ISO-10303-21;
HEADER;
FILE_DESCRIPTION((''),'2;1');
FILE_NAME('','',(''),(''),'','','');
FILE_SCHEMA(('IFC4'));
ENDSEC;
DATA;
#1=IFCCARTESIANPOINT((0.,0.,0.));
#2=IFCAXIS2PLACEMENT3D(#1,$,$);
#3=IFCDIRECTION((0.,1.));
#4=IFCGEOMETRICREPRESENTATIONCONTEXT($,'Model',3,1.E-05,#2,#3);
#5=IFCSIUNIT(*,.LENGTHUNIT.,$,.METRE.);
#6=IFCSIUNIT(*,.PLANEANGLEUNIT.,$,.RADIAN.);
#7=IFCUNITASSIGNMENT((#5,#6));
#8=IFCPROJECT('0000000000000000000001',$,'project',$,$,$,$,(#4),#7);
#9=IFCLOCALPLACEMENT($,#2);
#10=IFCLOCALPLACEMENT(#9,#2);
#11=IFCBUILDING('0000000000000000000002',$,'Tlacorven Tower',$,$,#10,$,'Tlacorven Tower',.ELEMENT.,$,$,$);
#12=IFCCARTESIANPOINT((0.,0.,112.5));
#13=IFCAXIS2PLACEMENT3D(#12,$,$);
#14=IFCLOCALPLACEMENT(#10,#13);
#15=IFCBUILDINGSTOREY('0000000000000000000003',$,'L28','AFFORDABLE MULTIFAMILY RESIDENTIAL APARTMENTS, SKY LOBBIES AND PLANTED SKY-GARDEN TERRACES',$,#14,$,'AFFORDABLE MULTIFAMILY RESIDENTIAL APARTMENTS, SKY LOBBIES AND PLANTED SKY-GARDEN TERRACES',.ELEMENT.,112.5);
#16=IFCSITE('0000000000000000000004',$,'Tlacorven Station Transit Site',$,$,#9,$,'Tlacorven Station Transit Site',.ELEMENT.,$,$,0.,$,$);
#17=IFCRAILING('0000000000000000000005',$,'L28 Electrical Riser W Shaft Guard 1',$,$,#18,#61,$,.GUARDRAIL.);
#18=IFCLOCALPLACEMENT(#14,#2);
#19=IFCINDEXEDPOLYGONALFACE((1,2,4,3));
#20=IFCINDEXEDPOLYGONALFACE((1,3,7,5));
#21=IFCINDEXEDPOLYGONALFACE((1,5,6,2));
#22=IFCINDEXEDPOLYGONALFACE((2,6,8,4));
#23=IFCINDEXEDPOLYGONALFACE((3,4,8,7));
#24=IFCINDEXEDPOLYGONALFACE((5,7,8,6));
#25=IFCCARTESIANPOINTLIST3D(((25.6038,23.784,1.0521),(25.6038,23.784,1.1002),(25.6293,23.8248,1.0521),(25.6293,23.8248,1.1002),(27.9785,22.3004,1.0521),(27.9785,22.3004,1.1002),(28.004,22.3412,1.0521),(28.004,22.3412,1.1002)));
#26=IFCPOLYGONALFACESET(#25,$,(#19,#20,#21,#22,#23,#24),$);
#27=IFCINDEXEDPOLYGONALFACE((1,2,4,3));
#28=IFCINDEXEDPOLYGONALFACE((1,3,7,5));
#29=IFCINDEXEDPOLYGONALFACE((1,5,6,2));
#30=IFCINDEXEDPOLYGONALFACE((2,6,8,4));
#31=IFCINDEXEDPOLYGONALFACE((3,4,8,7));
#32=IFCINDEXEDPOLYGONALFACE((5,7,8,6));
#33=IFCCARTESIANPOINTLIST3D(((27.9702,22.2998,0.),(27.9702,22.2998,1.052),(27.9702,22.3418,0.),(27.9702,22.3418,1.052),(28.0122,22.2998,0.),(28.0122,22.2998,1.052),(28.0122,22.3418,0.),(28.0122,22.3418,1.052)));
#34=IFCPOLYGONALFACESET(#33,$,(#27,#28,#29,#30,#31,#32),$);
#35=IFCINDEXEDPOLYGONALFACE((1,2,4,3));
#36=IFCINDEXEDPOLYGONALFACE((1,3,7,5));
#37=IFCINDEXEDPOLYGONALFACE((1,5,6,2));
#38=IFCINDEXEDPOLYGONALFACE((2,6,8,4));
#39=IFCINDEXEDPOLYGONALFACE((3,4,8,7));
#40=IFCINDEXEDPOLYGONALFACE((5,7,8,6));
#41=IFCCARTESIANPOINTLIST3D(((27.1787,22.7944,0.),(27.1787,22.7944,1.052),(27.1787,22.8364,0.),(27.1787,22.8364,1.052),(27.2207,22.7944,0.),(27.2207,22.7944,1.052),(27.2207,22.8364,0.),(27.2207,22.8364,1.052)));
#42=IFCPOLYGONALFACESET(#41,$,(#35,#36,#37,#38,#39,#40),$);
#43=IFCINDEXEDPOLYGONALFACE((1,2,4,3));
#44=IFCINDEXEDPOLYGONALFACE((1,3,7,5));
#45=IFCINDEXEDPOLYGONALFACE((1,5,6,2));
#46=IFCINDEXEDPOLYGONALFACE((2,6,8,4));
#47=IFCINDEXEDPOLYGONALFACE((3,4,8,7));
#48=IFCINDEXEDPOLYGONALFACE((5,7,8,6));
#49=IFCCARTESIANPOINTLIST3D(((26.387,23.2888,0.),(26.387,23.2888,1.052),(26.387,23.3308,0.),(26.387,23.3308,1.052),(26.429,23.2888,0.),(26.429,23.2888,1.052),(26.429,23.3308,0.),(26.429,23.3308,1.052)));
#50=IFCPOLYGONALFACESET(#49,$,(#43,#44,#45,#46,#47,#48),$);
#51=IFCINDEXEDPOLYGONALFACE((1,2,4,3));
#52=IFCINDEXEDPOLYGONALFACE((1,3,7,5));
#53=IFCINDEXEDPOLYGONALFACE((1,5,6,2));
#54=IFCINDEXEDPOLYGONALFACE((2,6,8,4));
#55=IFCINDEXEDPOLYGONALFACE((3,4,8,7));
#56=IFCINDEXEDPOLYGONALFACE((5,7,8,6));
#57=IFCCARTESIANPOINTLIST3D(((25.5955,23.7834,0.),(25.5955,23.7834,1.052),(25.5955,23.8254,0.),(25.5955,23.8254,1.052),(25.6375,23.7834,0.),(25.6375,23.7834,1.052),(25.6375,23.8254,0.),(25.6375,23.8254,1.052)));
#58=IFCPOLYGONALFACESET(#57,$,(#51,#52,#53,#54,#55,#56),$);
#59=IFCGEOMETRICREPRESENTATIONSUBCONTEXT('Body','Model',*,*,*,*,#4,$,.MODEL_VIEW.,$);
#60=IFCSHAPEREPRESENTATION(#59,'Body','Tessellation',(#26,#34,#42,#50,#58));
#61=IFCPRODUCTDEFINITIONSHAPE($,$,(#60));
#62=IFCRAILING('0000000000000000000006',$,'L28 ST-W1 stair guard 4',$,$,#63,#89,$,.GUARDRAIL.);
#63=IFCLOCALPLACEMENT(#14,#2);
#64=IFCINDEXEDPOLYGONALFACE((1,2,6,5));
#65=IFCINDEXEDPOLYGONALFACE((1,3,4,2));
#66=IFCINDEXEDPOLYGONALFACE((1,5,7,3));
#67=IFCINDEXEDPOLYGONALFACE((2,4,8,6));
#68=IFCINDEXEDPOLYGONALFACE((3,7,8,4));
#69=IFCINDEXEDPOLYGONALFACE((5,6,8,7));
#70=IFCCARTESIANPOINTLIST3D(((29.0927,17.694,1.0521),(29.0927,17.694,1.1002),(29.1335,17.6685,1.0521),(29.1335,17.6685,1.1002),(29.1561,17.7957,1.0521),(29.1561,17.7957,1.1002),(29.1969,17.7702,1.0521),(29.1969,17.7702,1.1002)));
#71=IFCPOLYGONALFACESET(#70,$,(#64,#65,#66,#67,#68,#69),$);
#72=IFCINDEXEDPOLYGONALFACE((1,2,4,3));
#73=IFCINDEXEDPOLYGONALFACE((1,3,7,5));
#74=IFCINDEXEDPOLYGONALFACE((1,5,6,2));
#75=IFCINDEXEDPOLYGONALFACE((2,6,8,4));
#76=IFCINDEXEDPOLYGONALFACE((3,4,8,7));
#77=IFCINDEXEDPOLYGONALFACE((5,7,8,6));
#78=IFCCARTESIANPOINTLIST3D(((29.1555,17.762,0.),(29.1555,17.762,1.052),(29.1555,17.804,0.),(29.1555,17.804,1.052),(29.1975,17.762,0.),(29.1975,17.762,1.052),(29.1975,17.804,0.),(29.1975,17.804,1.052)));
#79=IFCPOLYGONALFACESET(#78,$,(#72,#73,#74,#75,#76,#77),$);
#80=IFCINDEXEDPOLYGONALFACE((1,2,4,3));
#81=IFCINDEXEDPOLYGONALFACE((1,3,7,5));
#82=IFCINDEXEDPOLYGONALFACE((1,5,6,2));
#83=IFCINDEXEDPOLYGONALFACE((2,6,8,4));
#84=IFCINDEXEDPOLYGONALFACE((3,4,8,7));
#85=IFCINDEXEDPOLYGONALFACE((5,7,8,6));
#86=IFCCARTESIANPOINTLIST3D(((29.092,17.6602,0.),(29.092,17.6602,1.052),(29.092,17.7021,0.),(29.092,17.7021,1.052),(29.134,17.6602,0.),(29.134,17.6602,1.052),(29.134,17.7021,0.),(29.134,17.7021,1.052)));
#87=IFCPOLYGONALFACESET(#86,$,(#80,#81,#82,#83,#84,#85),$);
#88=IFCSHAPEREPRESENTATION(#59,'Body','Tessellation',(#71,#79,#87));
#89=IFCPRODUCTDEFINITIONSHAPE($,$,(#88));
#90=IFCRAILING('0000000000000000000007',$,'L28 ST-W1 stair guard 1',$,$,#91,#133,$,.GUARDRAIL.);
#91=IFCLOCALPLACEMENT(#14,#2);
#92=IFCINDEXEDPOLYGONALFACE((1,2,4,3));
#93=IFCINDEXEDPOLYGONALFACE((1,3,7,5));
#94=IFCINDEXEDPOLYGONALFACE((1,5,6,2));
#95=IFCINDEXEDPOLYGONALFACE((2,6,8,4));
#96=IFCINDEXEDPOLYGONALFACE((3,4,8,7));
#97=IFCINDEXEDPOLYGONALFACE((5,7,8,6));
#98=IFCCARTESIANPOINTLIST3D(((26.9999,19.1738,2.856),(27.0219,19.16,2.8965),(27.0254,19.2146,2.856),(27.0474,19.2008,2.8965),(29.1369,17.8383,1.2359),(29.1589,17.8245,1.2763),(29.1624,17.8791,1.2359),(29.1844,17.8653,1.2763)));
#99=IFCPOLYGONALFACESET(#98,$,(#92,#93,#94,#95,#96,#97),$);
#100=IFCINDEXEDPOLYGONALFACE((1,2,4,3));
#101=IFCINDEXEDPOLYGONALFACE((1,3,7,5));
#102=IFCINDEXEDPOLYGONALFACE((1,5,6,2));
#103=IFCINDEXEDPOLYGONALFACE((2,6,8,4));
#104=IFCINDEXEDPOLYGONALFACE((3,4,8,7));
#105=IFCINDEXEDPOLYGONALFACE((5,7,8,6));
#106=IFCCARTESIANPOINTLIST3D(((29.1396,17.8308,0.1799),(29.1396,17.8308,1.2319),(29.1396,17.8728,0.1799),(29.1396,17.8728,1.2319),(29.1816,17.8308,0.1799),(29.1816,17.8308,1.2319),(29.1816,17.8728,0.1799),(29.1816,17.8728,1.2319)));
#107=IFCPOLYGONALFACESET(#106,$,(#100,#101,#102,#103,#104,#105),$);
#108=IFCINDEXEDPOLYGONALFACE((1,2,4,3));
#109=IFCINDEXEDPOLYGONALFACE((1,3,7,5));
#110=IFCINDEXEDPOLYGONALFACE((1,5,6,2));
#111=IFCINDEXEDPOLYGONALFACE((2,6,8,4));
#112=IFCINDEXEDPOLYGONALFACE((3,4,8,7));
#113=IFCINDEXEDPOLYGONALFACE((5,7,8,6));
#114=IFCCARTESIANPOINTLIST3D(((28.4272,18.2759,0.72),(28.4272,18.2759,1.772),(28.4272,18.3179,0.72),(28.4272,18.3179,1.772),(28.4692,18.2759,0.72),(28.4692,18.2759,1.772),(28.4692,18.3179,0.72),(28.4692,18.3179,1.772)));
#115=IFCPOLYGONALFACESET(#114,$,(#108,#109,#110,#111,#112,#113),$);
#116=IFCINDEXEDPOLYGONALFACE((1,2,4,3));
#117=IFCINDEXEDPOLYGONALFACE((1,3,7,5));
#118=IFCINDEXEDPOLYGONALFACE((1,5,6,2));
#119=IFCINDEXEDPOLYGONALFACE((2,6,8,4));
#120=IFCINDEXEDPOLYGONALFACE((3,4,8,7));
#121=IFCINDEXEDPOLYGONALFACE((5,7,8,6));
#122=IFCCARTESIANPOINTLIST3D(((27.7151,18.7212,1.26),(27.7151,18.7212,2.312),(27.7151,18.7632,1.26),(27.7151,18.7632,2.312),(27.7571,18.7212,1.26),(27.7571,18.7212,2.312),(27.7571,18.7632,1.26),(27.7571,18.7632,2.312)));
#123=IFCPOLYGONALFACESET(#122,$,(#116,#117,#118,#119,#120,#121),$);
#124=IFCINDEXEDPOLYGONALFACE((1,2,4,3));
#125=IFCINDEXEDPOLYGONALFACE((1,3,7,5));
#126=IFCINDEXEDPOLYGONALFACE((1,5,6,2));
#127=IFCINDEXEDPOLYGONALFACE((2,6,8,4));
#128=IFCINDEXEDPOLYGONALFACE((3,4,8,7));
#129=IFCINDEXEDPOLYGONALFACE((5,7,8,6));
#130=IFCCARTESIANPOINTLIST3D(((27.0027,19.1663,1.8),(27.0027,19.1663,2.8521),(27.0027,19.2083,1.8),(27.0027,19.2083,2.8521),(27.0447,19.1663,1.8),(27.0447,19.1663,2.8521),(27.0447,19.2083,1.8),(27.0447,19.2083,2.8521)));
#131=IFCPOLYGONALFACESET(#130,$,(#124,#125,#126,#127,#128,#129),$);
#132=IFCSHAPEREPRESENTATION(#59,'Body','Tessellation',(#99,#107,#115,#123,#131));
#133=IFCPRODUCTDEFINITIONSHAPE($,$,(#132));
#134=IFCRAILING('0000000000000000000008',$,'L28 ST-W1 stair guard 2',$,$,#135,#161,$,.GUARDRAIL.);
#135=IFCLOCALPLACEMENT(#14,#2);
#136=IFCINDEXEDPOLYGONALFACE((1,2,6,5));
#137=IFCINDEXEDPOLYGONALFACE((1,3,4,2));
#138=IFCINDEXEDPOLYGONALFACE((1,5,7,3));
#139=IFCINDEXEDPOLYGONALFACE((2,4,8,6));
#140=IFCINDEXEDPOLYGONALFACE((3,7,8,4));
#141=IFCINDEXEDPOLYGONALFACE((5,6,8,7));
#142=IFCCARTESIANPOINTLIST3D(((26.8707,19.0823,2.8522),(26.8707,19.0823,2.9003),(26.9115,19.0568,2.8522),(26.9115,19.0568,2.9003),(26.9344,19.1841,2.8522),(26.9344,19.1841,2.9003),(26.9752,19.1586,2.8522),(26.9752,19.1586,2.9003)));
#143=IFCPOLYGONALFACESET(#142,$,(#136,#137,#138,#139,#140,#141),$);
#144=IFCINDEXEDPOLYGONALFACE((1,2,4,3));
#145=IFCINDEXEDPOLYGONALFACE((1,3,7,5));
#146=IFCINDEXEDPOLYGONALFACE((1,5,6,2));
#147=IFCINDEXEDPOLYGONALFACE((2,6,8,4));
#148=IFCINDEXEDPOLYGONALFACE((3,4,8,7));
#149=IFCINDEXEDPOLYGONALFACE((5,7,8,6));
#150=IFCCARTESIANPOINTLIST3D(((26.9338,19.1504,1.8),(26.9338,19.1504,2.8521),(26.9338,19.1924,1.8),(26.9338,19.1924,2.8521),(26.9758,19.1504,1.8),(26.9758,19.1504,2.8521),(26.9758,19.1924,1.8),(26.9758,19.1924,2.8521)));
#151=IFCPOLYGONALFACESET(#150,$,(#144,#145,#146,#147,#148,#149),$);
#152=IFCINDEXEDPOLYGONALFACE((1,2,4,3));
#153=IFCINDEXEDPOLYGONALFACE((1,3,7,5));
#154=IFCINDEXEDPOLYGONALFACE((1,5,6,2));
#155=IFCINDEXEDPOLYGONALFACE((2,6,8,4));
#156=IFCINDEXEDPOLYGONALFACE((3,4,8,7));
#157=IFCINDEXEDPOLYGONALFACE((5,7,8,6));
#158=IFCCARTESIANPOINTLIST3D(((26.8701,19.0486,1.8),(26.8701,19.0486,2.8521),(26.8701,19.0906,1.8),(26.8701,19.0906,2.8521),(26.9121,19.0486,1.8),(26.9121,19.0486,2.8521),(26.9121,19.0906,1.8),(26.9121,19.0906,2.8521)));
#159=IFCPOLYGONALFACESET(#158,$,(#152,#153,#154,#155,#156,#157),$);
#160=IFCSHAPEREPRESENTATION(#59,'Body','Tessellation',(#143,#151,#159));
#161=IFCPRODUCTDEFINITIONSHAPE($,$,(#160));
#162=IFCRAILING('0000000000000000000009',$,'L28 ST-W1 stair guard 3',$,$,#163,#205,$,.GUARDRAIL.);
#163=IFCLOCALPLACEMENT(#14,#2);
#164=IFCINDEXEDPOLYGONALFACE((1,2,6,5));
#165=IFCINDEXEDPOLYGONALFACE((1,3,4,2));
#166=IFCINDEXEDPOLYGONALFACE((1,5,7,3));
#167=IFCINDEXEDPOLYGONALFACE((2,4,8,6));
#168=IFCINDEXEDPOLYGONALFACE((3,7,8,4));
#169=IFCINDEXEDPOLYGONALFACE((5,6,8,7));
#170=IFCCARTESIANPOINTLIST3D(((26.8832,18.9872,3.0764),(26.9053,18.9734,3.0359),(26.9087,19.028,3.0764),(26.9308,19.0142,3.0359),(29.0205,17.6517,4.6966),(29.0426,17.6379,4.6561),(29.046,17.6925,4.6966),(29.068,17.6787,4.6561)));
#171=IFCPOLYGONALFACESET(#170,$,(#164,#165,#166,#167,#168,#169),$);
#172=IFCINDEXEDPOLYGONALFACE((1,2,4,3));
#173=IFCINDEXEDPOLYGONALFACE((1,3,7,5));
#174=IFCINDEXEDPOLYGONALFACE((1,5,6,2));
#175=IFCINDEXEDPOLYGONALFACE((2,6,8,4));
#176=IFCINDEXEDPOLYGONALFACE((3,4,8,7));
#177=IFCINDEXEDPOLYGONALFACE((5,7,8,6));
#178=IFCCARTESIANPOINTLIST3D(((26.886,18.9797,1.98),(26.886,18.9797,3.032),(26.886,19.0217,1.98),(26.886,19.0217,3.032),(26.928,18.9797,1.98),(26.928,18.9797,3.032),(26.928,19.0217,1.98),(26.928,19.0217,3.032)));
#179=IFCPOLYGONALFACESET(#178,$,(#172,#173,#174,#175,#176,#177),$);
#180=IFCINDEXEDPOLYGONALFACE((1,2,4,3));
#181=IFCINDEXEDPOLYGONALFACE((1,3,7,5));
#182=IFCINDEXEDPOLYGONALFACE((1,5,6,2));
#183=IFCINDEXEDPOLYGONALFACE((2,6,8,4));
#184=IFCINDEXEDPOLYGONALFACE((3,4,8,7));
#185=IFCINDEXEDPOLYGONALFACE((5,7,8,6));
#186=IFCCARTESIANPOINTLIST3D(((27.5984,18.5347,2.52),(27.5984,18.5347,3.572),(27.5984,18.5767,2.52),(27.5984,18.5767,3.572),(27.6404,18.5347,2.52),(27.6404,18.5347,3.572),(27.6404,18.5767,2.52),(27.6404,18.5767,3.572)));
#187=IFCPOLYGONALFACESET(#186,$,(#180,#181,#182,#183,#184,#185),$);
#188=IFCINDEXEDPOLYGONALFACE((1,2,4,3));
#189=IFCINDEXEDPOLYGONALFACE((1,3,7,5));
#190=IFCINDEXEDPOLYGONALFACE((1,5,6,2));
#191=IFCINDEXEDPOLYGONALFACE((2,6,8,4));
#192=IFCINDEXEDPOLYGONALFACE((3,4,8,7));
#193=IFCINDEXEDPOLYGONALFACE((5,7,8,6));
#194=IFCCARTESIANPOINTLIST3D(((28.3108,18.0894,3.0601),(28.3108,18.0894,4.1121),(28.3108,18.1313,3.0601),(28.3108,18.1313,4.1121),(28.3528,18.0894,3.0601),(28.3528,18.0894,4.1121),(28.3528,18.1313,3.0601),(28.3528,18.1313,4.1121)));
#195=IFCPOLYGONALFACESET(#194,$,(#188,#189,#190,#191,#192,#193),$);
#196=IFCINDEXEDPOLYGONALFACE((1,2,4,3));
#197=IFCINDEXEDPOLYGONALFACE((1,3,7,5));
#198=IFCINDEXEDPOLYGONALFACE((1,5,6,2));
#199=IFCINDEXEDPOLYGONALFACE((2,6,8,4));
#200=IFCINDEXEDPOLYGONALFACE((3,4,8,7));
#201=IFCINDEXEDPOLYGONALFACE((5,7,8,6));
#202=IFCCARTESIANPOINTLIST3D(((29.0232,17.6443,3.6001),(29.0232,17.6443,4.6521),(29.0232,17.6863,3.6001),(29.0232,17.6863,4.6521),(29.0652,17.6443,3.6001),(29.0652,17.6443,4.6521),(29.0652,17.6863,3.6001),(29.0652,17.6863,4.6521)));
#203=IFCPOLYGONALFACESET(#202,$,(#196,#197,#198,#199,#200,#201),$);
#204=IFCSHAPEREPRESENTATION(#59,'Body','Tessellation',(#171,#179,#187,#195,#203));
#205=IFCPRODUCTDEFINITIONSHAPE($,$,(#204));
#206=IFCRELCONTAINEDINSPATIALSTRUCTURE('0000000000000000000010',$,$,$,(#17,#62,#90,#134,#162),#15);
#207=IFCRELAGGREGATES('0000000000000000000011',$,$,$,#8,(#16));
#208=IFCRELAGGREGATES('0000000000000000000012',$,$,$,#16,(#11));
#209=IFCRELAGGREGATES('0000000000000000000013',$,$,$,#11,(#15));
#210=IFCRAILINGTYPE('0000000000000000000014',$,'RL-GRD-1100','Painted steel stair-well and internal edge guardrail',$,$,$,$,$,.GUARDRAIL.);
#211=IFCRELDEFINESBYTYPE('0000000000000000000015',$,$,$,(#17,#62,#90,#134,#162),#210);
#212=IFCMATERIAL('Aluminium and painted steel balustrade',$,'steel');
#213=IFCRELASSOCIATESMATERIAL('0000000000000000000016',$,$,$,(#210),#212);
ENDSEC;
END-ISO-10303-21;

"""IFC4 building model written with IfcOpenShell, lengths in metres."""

from ifc_helpers import new_model, si_unit, direction, frame, origin, origin_2d, place, context, subcontext, project, spatial, rectangle, extrude, source, transform, mapped, material, type_object, element, save


model = new_model("IFC4")

# Units and contexts
model_context = context("Model", 3, precision=1e-05, world=origin(), true_north=direction((0.0, 1.0)))
body_context = subcontext(model_context, "Body", "Model", "MODEL_VIEW")
ifc_project = project(units=[si_unit("LENGTHUNIT", "METRE"), si_unit("PLANEANGLEUNIT", "RADIAN")], contexts=[model_context])

# Site, building, storey
site_placement = place(None, origin())
site = spatial("IfcSite", under=ifc_project, at=site_placement, Name="Tlacorven Station Transit Site", LongName="Tlacorven Station Transit Site", CompositionType="ELEMENT", RefElevation=0.0)
building_placement = place(site_placement, origin())
building = spatial("IfcBuilding", under=site, at=building_placement, Name="Tlacorven Tower", LongName="Tlacorven Tower", CompositionType="ELEMENT")
storey_placement = place(building_placement, frame((0.0, 0.0, 112.5)))
storey = spatial("IfcBuildingStorey", under=building, at=storey_placement, Name="L28", Description="AFFORDABLE MULTIFAMILY RESIDENTIAL APARTMENTS, SKY LOBBIES AND PLANTED SKY-GARDEN TERRACES", LongName="AFFORDABLE MULTIFAMILY RESIDENTIAL APARTMENTS, SKY LOBBIES AND PLANTED SKY-GARDEN TERRACES", CompositionType="ELEMENT", Elevation=112.5)

# Railings
ifc_material_1 = material(Name="Aluminium and painted steel balustrade", Category="steel")
railing_type_1 = type_object("IfcRailingType", Name="RL-GRD-1100", Description="Painted steel stair-well and internal edge guardrail", PredefinedType="GUARDRAIL", material=ifc_material_1)
shared_shape_1 = source(origin(), body_context, "Body", "SweptSolid", [
    extrude(rectangle(XDim=0.0481, YDim=0.0481, at=origin_2d()), frame((0.0, 0.0, 1.0762), z_axis=(-0.848091, 0.52985, 0.0), x_axis=(-0.52985, -0.848091, 0.0)), (0.0, 0.0, 1.0), 2.8),
    extrude(rectangle(XDim=0.042, YDim=0.042, at=origin_2d()), origin(), (0.0, 0.0, 1.0), 1.052),
    extrude(rectangle(XDim=0.042, YDim=0.042, at=origin_2d()), frame((-0.7915, 0.4946, 0.0)), (0.0, 0.0, 1.0), 1.052),
    extrude(rectangle(XDim=0.042, YDim=0.042, at=origin_2d()), frame((-1.5833, 0.989, 0.0)), (0.0, 0.0, 1.0), 1.052),
    extrude(rectangle(XDim=0.042, YDim=0.042, at=origin_2d()), frame((-2.3748, 1.4836, 0.0)), (0.0, 0.0, 1.0), 1.052),
])
railing_1_placement = place(storey_placement, frame((27.9912, 22.3208, 0.0)))
element("IfcRailing", 1, at=railing_1_placement, inside=storey, type_object=railing_type_1, Name="L28 Electrical Riser W Shaft Guard 1", PredefinedType="GUARDRAIL", context=body_context, shape_type="MappedRepresentation", body=[
    mapped(shared_shape_1, transform((0.0, 0.0, 0.0), scale=1.0)),
])
shared_shape_2 = source(origin(), body_context, "Body", "SweptSolid", [
    extrude(rectangle(XDim=0.0481, YDim=0.0481, at=origin_2d()), frame((0.0, 0.0, 1.0762), z_axis=(-0.529084, -0.848569, 0.0), x_axis=(0.848569, -0.529084, 0.0)), (0.0, 0.0, 1.0), 0.1199),
    extrude(rectangle(XDim=0.042, YDim=0.042, at=origin_2d()), origin(), (0.0, 0.0, 1.0), 1.052),
    extrude(rectangle(XDim=0.042, YDim=0.042, at=origin_2d()), frame((-0.0635, -0.1018, 0.0)), (0.0, 0.0, 1.0), 1.052),
])
railing_2_placement = place(storey_placement, frame((29.1765, 17.783, 0.0)))
element("IfcRailing", 2, at=railing_2_placement, inside=storey, type_object=railing_type_1, Name="L28 ST-W1 stair guard 4", PredefinedType="GUARDRAIL", context=body_context, shape_type="MappedRepresentation", body=[
    mapped(shared_shape_2, transform((0.0, 0.0, 0.0), scale=1.0)),
])
shared_shape_3 = source(origin(), body_context, "Body", "SweptSolid", [
    extrude(rectangle(XDim=0.0481, YDim=0.0481, at=origin_2d()), frame((0.0, 0.0, 1.0762), z_axis=(-0.71332, 0.445774, 0.540796), x_axis=(-0.529955, -0.848026, 0.0)), (0.0, 0.0, 1.0), 2.9958),
    extrude(rectangle(XDim=0.042, YDim=0.042, at=origin_2d()), origin(), (0.0, 0.0, 1.0), 1.052),
    extrude(rectangle(XDim=0.042, YDim=0.042, at=origin_2d()), frame((-0.7124, 0.4451, 0.54)), (0.0, 0.0, 1.0), 1.052),
    extrude(rectangle(XDim=0.042, YDim=0.042, at=origin_2d()), frame((-1.4246, 0.8904, 1.0801)), (0.0, 0.0, 1.0), 1.052),
    extrude(rectangle(XDim=0.042, YDim=0.042, at=origin_2d()), frame((-2.137, 1.3354, 1.6201)), (0.0, 0.0, 1.0), 1.052),
])
railing_3_placement = place(storey_placement, frame((29.1606, 17.8518, 0.1799)))
element("IfcRailing", 3, at=railing_3_placement, inside=storey, type_object=railing_type_1, Name="L28 ST-W1 stair guard 1", PredefinedType="GUARDRAIL", context=body_context, shape_type="MappedRepresentation", body=[
    mapped(shared_shape_3, transform((0.0, 0.0, 0.0), scale=1.0)),
])
shared_shape_4 = source(origin(), body_context, "Body", "SweptSolid", [
    extrude(rectangle(XDim=0.0481, YDim=0.0481, at=origin_2d()), frame((0.0, 0.0, 1.0762), z_axis=(-0.530547, -0.847656, 0.0), x_axis=(0.847656, -0.530547, 0.0)), (0.0, 0.0, 1.0), 0.1201),
    extrude(rectangle(XDim=0.042, YDim=0.042, at=origin_2d()), origin(), (0.0, 0.0, 1.0), 1.052),
    extrude(rectangle(XDim=0.042, YDim=0.042, at=origin_2d()), frame((-0.0637, -0.1018, 0.0)), (0.0, 0.0, 1.0), 1.052),
])
railing_4_placement = place(storey_placement, frame((26.9548, 19.1714, 1.8)))
element("IfcRailing", 4, at=railing_4_placement, inside=storey, type_object=railing_type_1, Name="L28 ST-W1 stair guard 2", PredefinedType="GUARDRAIL", context=body_context, shape_type="MappedRepresentation", body=[
    mapped(shared_shape_4, transform((0.0, 0.0, 0.0), scale=1.0)),
])
shared_shape_5 = source(origin(), body_context, "Body", "SweptSolid", [
    extrude(rectangle(XDim=0.0481, YDim=0.0481, at=origin_2d()), frame((0.0, 0.0, 1.0762), z_axis=(0.71336, -0.445748, 0.540765), x_axis=(0.529912, 0.848053, 0.0)), (0.0, 0.0, 1.0), 2.9961),
    extrude(rectangle(XDim=0.042, YDim=0.042, at=origin_2d()), origin(), (0.0, 0.0, 1.0), 1.052),
    extrude(rectangle(XDim=0.042, YDim=0.042, at=origin_2d()), frame((0.7124, -0.4451, 0.54)), (0.0, 0.0, 1.0), 1.052),
    extrude(rectangle(XDim=0.042, YDim=0.042, at=origin_2d()), frame((1.4248, -0.8904, 1.0801)), (0.0, 0.0, 1.0), 1.052),
    extrude(rectangle(XDim=0.042, YDim=0.042, at=origin_2d()), frame((2.1372, -1.3354, 1.6201)), (0.0, 0.0, 1.0), 1.052),
])
railing_5_placement = place(storey_placement, frame((26.907, 19.0007, 1.98)))
element("IfcRailing", 5, at=railing_5_placement, inside=storey, type_object=railing_type_1, Name="L28 ST-W1 stair guard 3", PredefinedType="GUARDRAIL", context=body_context, shape_type="MappedRepresentation", body=[
    mapped(shared_shape_5, transform((0.0, 0.0, 0.0), scale=1.0)),
])

save(model, "model.ifc")
